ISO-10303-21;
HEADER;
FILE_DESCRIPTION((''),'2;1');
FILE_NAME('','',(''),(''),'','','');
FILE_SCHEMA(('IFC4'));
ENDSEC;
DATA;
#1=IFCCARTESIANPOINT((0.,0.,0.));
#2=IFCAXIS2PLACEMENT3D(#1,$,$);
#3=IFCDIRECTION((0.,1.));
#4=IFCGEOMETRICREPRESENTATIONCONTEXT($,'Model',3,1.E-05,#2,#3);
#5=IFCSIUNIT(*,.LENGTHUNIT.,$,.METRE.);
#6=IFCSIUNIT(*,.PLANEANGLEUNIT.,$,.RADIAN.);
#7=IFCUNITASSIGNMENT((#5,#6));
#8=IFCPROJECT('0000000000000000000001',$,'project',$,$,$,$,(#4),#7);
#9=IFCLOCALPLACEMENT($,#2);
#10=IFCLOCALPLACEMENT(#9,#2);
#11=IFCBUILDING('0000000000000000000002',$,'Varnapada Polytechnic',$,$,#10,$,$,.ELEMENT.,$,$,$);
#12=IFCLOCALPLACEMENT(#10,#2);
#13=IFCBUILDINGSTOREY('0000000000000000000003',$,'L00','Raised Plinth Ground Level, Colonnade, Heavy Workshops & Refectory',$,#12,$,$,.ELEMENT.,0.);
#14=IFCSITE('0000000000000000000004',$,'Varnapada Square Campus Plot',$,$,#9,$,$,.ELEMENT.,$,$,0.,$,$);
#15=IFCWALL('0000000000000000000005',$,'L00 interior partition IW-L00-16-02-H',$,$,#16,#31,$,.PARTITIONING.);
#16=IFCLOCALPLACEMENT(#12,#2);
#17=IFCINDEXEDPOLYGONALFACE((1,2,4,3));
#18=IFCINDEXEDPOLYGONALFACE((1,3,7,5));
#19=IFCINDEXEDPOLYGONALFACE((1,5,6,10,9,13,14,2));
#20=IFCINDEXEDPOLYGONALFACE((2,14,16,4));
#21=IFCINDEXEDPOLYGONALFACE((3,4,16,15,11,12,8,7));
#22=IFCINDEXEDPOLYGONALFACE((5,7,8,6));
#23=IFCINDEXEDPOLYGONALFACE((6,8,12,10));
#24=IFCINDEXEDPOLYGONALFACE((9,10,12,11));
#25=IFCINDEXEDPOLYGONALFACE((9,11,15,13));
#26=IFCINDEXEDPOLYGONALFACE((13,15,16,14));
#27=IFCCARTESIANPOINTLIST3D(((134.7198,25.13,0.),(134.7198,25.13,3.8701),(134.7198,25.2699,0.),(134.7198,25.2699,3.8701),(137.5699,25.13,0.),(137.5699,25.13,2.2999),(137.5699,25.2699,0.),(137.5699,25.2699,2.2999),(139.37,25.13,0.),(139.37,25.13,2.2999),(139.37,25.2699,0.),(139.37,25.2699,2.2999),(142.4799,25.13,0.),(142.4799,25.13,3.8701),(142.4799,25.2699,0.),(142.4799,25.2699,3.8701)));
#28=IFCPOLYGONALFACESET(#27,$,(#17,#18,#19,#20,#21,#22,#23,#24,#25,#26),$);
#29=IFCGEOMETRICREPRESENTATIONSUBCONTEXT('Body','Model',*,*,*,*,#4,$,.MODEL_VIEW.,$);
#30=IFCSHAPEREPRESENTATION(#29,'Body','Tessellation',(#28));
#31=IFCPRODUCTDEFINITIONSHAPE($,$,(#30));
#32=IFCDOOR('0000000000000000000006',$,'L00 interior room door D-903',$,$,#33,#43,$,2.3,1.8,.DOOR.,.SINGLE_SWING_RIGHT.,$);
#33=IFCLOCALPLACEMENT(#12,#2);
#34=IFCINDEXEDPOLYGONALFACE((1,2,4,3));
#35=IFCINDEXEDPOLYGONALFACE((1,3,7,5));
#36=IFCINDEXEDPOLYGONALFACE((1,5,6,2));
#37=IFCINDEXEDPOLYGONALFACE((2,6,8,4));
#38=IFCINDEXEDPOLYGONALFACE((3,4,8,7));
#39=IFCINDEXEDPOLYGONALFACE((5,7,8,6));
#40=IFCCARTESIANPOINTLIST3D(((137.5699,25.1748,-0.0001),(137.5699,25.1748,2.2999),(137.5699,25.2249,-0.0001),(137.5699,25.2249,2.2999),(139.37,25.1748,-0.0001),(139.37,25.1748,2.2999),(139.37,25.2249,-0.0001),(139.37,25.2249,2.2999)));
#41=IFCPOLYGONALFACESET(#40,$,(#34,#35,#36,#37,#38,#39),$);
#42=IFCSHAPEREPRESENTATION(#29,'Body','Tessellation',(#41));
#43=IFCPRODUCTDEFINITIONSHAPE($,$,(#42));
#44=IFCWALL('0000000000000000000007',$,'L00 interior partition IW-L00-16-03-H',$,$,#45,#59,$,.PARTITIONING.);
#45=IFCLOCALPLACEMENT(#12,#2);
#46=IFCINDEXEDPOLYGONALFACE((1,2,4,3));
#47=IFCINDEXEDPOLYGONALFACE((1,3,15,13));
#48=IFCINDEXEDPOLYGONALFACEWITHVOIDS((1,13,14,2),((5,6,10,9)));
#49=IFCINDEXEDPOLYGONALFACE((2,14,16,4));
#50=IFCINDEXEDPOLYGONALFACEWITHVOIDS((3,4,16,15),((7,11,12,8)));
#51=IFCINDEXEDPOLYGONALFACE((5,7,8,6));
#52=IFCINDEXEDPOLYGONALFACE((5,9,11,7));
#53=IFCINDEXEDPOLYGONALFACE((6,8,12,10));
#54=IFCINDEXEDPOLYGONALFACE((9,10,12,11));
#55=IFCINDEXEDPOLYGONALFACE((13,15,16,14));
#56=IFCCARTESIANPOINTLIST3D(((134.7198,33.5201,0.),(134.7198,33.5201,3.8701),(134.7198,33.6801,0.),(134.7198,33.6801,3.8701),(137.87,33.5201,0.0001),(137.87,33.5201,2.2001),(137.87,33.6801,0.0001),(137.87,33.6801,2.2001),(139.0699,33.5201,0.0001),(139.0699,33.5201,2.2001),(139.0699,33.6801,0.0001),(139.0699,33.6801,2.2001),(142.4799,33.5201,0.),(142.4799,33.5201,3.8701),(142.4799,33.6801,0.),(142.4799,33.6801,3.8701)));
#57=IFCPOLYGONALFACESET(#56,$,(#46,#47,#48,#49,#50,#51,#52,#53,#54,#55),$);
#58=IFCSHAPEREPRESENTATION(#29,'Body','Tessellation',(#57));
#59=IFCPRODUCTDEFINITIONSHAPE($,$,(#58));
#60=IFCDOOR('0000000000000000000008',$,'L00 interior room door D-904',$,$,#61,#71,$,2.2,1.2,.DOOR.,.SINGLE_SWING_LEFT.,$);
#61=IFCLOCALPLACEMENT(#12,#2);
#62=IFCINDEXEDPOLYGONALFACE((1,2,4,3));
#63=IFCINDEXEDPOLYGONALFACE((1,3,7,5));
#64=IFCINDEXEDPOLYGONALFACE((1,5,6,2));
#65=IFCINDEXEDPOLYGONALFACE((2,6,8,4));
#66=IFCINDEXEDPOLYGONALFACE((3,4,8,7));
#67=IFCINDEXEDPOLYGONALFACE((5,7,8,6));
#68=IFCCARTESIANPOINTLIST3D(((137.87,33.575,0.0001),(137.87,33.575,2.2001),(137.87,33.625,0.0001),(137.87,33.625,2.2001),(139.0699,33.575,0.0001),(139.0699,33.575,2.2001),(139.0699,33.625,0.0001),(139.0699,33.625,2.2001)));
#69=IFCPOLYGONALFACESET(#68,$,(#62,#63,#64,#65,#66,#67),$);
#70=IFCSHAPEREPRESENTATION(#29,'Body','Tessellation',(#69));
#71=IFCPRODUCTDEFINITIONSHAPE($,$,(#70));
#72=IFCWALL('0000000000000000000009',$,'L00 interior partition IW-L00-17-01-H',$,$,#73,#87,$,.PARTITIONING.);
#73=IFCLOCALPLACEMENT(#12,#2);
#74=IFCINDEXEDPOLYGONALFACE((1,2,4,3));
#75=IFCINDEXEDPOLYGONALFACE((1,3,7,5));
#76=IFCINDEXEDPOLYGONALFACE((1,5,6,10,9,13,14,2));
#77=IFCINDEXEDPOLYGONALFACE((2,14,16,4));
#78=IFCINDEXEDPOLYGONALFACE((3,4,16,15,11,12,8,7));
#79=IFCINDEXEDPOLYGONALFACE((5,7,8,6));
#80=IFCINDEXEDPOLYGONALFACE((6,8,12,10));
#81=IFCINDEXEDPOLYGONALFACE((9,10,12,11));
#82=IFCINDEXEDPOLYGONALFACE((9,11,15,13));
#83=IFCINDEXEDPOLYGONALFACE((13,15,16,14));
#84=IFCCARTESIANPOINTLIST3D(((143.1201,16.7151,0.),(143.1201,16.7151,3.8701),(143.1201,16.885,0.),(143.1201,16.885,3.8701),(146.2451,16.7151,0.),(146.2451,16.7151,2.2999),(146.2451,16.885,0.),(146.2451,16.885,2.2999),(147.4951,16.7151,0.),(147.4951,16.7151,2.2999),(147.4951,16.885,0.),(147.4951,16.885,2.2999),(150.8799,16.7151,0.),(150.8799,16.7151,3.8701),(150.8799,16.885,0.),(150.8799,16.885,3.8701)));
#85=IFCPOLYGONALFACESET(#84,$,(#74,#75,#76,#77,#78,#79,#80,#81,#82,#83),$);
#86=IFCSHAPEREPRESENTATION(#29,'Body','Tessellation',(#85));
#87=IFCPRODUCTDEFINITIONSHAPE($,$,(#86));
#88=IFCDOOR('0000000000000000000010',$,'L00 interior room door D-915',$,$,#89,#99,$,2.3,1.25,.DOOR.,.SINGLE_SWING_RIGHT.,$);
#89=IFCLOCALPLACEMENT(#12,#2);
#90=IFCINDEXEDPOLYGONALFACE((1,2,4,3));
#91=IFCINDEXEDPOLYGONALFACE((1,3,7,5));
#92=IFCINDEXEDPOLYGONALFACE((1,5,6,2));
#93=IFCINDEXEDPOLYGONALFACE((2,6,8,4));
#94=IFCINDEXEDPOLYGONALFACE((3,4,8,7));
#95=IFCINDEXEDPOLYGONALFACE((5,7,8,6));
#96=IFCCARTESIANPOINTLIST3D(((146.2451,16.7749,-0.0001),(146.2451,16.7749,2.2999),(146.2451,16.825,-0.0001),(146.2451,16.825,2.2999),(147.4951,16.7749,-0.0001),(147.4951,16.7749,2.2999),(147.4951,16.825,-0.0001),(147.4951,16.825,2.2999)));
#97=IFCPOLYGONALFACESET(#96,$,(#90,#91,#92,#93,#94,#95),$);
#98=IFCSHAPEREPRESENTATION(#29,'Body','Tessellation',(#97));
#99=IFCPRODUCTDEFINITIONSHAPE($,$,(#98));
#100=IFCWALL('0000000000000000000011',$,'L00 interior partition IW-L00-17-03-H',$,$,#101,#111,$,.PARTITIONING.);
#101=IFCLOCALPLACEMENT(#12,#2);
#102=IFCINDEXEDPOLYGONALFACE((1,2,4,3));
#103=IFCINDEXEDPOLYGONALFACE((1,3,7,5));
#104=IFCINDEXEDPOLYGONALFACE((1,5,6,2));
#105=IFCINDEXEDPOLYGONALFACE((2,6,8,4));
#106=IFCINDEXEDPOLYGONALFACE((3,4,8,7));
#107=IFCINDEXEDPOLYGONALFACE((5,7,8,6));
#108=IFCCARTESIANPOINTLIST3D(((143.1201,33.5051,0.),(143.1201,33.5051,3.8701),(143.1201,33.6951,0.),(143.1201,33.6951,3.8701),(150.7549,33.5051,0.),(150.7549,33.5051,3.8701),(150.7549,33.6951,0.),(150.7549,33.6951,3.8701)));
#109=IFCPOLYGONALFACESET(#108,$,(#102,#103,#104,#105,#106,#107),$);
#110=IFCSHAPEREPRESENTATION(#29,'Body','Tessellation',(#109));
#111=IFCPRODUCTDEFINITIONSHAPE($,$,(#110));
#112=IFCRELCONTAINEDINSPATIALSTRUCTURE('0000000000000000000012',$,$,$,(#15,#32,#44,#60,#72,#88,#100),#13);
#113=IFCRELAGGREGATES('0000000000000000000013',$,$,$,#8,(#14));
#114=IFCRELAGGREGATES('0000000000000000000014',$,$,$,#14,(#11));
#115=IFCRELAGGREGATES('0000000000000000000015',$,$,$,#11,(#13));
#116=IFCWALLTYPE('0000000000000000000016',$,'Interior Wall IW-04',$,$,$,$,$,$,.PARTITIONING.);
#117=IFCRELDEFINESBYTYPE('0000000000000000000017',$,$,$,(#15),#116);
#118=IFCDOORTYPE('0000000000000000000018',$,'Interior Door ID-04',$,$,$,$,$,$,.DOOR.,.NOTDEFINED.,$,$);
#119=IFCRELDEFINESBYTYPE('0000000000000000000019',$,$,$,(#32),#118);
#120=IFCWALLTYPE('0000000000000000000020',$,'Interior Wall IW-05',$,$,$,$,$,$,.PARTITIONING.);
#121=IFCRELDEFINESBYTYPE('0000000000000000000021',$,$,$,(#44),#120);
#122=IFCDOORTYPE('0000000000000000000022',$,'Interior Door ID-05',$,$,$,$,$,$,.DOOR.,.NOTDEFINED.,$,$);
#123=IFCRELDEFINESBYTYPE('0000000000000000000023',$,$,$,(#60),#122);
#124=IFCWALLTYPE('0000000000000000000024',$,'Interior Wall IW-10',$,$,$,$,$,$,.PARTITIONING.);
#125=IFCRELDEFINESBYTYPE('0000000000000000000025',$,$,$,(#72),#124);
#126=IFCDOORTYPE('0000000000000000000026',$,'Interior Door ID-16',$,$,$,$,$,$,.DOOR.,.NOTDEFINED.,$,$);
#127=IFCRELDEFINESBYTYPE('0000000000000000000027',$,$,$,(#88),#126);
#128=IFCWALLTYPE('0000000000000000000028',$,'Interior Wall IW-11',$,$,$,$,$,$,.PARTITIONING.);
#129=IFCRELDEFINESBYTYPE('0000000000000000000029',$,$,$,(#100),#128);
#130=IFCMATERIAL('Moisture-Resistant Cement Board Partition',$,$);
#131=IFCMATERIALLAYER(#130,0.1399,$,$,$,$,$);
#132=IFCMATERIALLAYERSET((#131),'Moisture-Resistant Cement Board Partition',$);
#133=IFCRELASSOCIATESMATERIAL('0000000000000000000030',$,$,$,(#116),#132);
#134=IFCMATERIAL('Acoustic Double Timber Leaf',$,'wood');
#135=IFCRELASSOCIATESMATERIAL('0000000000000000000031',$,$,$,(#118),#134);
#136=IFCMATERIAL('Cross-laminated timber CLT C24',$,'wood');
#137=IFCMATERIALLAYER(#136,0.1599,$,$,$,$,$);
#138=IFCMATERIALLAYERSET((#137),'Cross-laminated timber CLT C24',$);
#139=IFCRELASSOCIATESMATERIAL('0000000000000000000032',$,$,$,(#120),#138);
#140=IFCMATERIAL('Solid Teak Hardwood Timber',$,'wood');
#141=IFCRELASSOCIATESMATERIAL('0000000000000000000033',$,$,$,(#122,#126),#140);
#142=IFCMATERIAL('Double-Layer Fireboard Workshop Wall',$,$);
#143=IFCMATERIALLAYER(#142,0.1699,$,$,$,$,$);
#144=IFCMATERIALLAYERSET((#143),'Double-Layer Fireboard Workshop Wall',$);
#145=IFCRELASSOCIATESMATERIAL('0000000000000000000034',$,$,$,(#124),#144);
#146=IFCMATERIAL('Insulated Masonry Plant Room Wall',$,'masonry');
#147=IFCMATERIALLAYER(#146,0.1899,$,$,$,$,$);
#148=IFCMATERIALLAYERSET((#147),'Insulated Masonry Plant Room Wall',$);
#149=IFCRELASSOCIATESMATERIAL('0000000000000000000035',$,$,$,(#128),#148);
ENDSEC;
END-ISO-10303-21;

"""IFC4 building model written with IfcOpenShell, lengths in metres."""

from ifc_helpers import new_model, si_unit, direction, frame, frame_2d, origin, place, context, subcontext, project, spatial, rectangle, extrude, material, layer, layer_set, type_object, element, fill, save


model = new_model("IFC4")

# Units and contexts
model_context = context("Model", 3, precision=1e-05, world=origin(), true_north=direction((0.0, 1.0)))
body_context = subcontext(model_context, "Body", "Model", "MODEL_VIEW")
ifc_project = project(units=[si_unit("LENGTHUNIT", "METRE"), si_unit("PLANEANGLEUNIT", "RADIAN")], contexts=[model_context])

# Site, building, storey
site_placement = place(None, origin())
site = spatial("IfcSite", under=ifc_project, at=site_placement, Name="Varnapada Square Campus Plot", CompositionType="ELEMENT", RefElevation=0.0)
building_placement = place(site_placement, origin())
building = spatial("IfcBuilding", under=site, at=building_placement, Name="Varnapada Polytechnic", CompositionType="ELEMENT")
storey_placement = place(building_placement, origin())
storey = spatial("IfcBuildingStorey", under=building, at=storey_placement, Name="L00", Description="Raised Plinth Ground Level, Colonnade, Heavy Workshops & Refectory", CompositionType="ELEMENT", Elevation=0.0)

# Walls, openings, doors
ifc_material_1 = material(Name="Moisture-Resistant Cement Board Partition")
ifc_layer_1 = layer(ifc_material_1, 0.1399)
ifc_layer_set_1 = layer_set([ifc_layer_1], Name="Moisture-Resistant Cement Board Partition")
wall_type_1 = type_object("IfcWallType", Name="Interior Wall IW-04", PredefinedType="PARTITIONING", material=ifc_layer_set_1)
wall_1_placement = place(storey_placement, frame((134.72, 25.2, 0.0), z_axis=(0.0, 0.0, 1.0), x_axis=(1.0, 0.0, 0.0)))
wall_1 = element("IfcWall", 1, at=wall_1_placement, inside=storey, type_object=wall_type_1, Name="L00 interior partition IW-L00-16-02-H", PredefinedType="PARTITIONING", context=body_context, shape_type="SweptSolid", body=[
    extrude(rectangle(XDim=7.76, YDim=0.1399, at=frame_2d((3.8799, 0.0))), origin(), (0.0, 0.0, 1.0), 3.8701),
])
opening_1_placement = place(wall_1_placement, frame((2.8501, 0.0, 0.0)))
opening_1 = element("IfcOpeningElement", 2, at=opening_1_placement, cuts=wall_1, PredefinedType="OPENING", context=body_context, shape_type="SweptSolid", body=[
    extrude(rectangle(XDim=1.8, YDim=2.3, at=frame_2d((0.8999, 1.1499))), frame((0.0, 0.0798, 0.0), z_axis=(0.0, -1.0, 0.0), x_axis=(1.0, 0.0, 0.0)), (0.0, 0.0, 1.0), 0.1599),
])
ifc_material_2 = material(Name="Acoustic Double Timber Leaf", Category="wood")
door_type_1 = type_object("IfcDoorType", Name="Interior Door ID-04", OperationType="NOTDEFINED", PredefinedType="DOOR", material=ifc_material_2)
door_1_placement = place(opening_1_placement, origin())
door_1 = element("IfcDoor", 3, at=door_1_placement, inside=storey, type_object=door_type_1, Name="L00 interior room door D-903", OperationType="SINGLE_SWING_RIGHT", OverallHeight=2.3, OverallWidth=1.8, PredefinedType="DOOR", context=body_context, shape_type="SweptSolid", body=[
    extrude(rectangle(XDim=1.8, YDim=2.3, at=frame_2d((0.8999, 1.1499))), frame((0.0, 0.0249, 0.0), z_axis=(0.0, -1.0, 0.0), x_axis=(1.0, 0.0, 0.0)), (0.0, 0.0, 1.0), 0.05),
])
fill(opening_1, door_1)
ifc_material_3 = material(Name="Cross-laminated timber CLT C24", Category="wood")
ifc_layer_2 = layer(ifc_material_3, 0.1599)
ifc_layer_set_2 = layer_set([ifc_layer_2], Name="Cross-laminated timber CLT C24")
wall_type_2 = type_object("IfcWallType", Name="Interior Wall IW-05", PredefinedType="PARTITIONING", material=ifc_layer_set_2)
wall_2_placement = place(storey_placement, frame((134.72, 33.6001, 0.0), z_axis=(0.0, 0.0, 1.0), x_axis=(1.0, 0.0, 0.0)))
wall_2 = element("IfcWall", 4, at=wall_2_placement, inside=storey, type_object=wall_type_2, Name="L00 interior partition IW-L00-16-03-H", PredefinedType="PARTITIONING", context=body_context, shape_type="SweptSolid", body=[
    extrude(rectangle(XDim=7.76, YDim=0.1599, at=frame_2d((3.8799, 0.0))), origin(), (0.0, 0.0, 1.0), 3.8701),
])
opening_2_placement = place(wall_2_placement, frame((3.1499, 0.0, 0.0)))
opening_2 = element("IfcOpeningElement", 5, at=opening_2_placement, cuts=wall_2, PredefinedType="OPENING", context=body_context, shape_type="SweptSolid", body=[
    extrude(rectangle(XDim=1.2, YDim=2.2, at=frame_2d((0.6001, 1.1001))), frame((0.0, 0.0898, 0.0), z_axis=(0.0, -1.0, 0.0), x_axis=(1.0, 0.0, 0.0)), (0.0, 0.0, 1.0), 0.1799),
])
ifc_material_4 = material(Name="Solid Teak Hardwood Timber", Category="wood")
door_type_2 = type_object("IfcDoorType", Name="Interior Door ID-05", OperationType="NOTDEFINED", PredefinedType="DOOR", material=ifc_material_4)
door_2_placement = place(opening_2_placement, origin())
door_2 = element("IfcDoor", 6, at=door_2_placement, inside=storey, type_object=door_type_2, Name="L00 interior room door D-904", OperationType="SINGLE_SWING_LEFT", OverallHeight=2.2, OverallWidth=1.2, PredefinedType="DOOR", context=body_context, shape_type="SweptSolid", body=[
    extrude(rectangle(XDim=1.2, YDim=2.2, at=frame_2d((0.6001, 1.1001))), frame((0.0, 0.0249, 0.0), z_axis=(0.0, -1.0, 0.0), x_axis=(1.0, 0.0, 0.0)), (0.0, 0.0, 1.0), 0.05),
])
fill(opening_2, door_2)
ifc_material_5 = material(Name="Double-Layer Fireboard Workshop Wall")
ifc_layer_3 = layer(ifc_material_5, 0.1699)
ifc_layer_set_3 = layer_set([ifc_layer_3], Name="Double-Layer Fireboard Workshop Wall")
wall_type_3 = type_object("IfcWallType", Name="Interior Wall IW-10", PredefinedType="PARTITIONING", material=ifc_layer_set_3)
wall_3_placement = place(storey_placement, frame((143.1201, 16.8, 0.0), z_axis=(0.0, 0.0, 1.0), x_axis=(1.0, 0.0, 0.0)))
wall_3 = element("IfcWall", 7, at=wall_3_placement, inside=storey, type_object=wall_type_3, Name="L00 interior partition IW-L00-17-01-H", PredefinedType="PARTITIONING", context=body_context, shape_type="SweptSolid", body=[
    extrude(rectangle(XDim=7.7598, YDim=0.1699, at=frame_2d((3.8799, 0.0))), origin(), (0.0, 0.0, 1.0), 3.8701),
])
opening_3_placement = place(wall_3_placement, frame((3.125, 0.0, 0.0)))
opening_3 = element("IfcOpeningElement", 8, at=opening_3_placement, cuts=wall_3, PredefinedType="OPENING", context=body_context, shape_type="SweptSolid", body=[
    extrude(rectangle(XDim=1.25, YDim=2.3, at=frame_2d((0.625, 1.1499))), frame((0.0, 0.095, 0.0), z_axis=(0.0, -1.0, 0.0), x_axis=(1.0, 0.0, 0.0)), (0.0, 0.0, 1.0), 0.1899),
])
door_type_3 = type_object("IfcDoorType", Name="Interior Door ID-16", OperationType="NOTDEFINED", PredefinedType="DOOR", material=ifc_material_4)
door_3_placement = place(opening_3_placement, origin())
door_3 = element("IfcDoor", 9, at=door_3_placement, inside=storey, type_object=door_type_3, Name="L00 interior room door D-915", OperationType="SINGLE_SWING_RIGHT", OverallHeight=2.3, OverallWidth=1.25, PredefinedType="DOOR", context=body_context, shape_type="SweptSolid", body=[
    extrude(rectangle(XDim=1.25, YDim=2.3, at=frame_2d((0.625, 1.1499))), frame((0.0, 0.0249, 0.0), z_axis=(0.0, -1.0, 0.0), x_axis=(1.0, 0.0, 0.0)), (0.0, 0.0, 1.0), 0.05),
])
fill(opening_3, door_3)

# Wall
ifc_material_6 = material(Name="Insulated Masonry Plant Room Wall", Category="masonry")
ifc_layer_4 = layer(ifc_material_6, 0.1899)
ifc_layer_set_4 = layer_set([ifc_layer_4], Name="Insulated Masonry Plant Room Wall")
wall_type_4 = type_object("IfcWallType", Name="Interior Wall IW-11", PredefinedType="PARTITIONING", material=ifc_layer_set_4)
wall_4_placement = place(storey_placement, frame((143.1201, 33.6001, 0.0), z_axis=(0.0, 0.0, 1.0), x_axis=(1.0, 0.0, 0.0)))
element("IfcWall", 10, at=wall_4_placement, inside=storey, type_object=wall_type_4, Name="L00 interior partition IW-L00-17-03-H", PredefinedType="PARTITIONING", context=body_context, shape_type="SweptSolid", body=[
    extrude(rectangle(XDim=7.6348, YDim=0.1899, at=frame_2d((3.8174, 0.0))), origin(), (0.0, 0.0, 1.0), 3.8701),
])

save(model, "model.ifc")
